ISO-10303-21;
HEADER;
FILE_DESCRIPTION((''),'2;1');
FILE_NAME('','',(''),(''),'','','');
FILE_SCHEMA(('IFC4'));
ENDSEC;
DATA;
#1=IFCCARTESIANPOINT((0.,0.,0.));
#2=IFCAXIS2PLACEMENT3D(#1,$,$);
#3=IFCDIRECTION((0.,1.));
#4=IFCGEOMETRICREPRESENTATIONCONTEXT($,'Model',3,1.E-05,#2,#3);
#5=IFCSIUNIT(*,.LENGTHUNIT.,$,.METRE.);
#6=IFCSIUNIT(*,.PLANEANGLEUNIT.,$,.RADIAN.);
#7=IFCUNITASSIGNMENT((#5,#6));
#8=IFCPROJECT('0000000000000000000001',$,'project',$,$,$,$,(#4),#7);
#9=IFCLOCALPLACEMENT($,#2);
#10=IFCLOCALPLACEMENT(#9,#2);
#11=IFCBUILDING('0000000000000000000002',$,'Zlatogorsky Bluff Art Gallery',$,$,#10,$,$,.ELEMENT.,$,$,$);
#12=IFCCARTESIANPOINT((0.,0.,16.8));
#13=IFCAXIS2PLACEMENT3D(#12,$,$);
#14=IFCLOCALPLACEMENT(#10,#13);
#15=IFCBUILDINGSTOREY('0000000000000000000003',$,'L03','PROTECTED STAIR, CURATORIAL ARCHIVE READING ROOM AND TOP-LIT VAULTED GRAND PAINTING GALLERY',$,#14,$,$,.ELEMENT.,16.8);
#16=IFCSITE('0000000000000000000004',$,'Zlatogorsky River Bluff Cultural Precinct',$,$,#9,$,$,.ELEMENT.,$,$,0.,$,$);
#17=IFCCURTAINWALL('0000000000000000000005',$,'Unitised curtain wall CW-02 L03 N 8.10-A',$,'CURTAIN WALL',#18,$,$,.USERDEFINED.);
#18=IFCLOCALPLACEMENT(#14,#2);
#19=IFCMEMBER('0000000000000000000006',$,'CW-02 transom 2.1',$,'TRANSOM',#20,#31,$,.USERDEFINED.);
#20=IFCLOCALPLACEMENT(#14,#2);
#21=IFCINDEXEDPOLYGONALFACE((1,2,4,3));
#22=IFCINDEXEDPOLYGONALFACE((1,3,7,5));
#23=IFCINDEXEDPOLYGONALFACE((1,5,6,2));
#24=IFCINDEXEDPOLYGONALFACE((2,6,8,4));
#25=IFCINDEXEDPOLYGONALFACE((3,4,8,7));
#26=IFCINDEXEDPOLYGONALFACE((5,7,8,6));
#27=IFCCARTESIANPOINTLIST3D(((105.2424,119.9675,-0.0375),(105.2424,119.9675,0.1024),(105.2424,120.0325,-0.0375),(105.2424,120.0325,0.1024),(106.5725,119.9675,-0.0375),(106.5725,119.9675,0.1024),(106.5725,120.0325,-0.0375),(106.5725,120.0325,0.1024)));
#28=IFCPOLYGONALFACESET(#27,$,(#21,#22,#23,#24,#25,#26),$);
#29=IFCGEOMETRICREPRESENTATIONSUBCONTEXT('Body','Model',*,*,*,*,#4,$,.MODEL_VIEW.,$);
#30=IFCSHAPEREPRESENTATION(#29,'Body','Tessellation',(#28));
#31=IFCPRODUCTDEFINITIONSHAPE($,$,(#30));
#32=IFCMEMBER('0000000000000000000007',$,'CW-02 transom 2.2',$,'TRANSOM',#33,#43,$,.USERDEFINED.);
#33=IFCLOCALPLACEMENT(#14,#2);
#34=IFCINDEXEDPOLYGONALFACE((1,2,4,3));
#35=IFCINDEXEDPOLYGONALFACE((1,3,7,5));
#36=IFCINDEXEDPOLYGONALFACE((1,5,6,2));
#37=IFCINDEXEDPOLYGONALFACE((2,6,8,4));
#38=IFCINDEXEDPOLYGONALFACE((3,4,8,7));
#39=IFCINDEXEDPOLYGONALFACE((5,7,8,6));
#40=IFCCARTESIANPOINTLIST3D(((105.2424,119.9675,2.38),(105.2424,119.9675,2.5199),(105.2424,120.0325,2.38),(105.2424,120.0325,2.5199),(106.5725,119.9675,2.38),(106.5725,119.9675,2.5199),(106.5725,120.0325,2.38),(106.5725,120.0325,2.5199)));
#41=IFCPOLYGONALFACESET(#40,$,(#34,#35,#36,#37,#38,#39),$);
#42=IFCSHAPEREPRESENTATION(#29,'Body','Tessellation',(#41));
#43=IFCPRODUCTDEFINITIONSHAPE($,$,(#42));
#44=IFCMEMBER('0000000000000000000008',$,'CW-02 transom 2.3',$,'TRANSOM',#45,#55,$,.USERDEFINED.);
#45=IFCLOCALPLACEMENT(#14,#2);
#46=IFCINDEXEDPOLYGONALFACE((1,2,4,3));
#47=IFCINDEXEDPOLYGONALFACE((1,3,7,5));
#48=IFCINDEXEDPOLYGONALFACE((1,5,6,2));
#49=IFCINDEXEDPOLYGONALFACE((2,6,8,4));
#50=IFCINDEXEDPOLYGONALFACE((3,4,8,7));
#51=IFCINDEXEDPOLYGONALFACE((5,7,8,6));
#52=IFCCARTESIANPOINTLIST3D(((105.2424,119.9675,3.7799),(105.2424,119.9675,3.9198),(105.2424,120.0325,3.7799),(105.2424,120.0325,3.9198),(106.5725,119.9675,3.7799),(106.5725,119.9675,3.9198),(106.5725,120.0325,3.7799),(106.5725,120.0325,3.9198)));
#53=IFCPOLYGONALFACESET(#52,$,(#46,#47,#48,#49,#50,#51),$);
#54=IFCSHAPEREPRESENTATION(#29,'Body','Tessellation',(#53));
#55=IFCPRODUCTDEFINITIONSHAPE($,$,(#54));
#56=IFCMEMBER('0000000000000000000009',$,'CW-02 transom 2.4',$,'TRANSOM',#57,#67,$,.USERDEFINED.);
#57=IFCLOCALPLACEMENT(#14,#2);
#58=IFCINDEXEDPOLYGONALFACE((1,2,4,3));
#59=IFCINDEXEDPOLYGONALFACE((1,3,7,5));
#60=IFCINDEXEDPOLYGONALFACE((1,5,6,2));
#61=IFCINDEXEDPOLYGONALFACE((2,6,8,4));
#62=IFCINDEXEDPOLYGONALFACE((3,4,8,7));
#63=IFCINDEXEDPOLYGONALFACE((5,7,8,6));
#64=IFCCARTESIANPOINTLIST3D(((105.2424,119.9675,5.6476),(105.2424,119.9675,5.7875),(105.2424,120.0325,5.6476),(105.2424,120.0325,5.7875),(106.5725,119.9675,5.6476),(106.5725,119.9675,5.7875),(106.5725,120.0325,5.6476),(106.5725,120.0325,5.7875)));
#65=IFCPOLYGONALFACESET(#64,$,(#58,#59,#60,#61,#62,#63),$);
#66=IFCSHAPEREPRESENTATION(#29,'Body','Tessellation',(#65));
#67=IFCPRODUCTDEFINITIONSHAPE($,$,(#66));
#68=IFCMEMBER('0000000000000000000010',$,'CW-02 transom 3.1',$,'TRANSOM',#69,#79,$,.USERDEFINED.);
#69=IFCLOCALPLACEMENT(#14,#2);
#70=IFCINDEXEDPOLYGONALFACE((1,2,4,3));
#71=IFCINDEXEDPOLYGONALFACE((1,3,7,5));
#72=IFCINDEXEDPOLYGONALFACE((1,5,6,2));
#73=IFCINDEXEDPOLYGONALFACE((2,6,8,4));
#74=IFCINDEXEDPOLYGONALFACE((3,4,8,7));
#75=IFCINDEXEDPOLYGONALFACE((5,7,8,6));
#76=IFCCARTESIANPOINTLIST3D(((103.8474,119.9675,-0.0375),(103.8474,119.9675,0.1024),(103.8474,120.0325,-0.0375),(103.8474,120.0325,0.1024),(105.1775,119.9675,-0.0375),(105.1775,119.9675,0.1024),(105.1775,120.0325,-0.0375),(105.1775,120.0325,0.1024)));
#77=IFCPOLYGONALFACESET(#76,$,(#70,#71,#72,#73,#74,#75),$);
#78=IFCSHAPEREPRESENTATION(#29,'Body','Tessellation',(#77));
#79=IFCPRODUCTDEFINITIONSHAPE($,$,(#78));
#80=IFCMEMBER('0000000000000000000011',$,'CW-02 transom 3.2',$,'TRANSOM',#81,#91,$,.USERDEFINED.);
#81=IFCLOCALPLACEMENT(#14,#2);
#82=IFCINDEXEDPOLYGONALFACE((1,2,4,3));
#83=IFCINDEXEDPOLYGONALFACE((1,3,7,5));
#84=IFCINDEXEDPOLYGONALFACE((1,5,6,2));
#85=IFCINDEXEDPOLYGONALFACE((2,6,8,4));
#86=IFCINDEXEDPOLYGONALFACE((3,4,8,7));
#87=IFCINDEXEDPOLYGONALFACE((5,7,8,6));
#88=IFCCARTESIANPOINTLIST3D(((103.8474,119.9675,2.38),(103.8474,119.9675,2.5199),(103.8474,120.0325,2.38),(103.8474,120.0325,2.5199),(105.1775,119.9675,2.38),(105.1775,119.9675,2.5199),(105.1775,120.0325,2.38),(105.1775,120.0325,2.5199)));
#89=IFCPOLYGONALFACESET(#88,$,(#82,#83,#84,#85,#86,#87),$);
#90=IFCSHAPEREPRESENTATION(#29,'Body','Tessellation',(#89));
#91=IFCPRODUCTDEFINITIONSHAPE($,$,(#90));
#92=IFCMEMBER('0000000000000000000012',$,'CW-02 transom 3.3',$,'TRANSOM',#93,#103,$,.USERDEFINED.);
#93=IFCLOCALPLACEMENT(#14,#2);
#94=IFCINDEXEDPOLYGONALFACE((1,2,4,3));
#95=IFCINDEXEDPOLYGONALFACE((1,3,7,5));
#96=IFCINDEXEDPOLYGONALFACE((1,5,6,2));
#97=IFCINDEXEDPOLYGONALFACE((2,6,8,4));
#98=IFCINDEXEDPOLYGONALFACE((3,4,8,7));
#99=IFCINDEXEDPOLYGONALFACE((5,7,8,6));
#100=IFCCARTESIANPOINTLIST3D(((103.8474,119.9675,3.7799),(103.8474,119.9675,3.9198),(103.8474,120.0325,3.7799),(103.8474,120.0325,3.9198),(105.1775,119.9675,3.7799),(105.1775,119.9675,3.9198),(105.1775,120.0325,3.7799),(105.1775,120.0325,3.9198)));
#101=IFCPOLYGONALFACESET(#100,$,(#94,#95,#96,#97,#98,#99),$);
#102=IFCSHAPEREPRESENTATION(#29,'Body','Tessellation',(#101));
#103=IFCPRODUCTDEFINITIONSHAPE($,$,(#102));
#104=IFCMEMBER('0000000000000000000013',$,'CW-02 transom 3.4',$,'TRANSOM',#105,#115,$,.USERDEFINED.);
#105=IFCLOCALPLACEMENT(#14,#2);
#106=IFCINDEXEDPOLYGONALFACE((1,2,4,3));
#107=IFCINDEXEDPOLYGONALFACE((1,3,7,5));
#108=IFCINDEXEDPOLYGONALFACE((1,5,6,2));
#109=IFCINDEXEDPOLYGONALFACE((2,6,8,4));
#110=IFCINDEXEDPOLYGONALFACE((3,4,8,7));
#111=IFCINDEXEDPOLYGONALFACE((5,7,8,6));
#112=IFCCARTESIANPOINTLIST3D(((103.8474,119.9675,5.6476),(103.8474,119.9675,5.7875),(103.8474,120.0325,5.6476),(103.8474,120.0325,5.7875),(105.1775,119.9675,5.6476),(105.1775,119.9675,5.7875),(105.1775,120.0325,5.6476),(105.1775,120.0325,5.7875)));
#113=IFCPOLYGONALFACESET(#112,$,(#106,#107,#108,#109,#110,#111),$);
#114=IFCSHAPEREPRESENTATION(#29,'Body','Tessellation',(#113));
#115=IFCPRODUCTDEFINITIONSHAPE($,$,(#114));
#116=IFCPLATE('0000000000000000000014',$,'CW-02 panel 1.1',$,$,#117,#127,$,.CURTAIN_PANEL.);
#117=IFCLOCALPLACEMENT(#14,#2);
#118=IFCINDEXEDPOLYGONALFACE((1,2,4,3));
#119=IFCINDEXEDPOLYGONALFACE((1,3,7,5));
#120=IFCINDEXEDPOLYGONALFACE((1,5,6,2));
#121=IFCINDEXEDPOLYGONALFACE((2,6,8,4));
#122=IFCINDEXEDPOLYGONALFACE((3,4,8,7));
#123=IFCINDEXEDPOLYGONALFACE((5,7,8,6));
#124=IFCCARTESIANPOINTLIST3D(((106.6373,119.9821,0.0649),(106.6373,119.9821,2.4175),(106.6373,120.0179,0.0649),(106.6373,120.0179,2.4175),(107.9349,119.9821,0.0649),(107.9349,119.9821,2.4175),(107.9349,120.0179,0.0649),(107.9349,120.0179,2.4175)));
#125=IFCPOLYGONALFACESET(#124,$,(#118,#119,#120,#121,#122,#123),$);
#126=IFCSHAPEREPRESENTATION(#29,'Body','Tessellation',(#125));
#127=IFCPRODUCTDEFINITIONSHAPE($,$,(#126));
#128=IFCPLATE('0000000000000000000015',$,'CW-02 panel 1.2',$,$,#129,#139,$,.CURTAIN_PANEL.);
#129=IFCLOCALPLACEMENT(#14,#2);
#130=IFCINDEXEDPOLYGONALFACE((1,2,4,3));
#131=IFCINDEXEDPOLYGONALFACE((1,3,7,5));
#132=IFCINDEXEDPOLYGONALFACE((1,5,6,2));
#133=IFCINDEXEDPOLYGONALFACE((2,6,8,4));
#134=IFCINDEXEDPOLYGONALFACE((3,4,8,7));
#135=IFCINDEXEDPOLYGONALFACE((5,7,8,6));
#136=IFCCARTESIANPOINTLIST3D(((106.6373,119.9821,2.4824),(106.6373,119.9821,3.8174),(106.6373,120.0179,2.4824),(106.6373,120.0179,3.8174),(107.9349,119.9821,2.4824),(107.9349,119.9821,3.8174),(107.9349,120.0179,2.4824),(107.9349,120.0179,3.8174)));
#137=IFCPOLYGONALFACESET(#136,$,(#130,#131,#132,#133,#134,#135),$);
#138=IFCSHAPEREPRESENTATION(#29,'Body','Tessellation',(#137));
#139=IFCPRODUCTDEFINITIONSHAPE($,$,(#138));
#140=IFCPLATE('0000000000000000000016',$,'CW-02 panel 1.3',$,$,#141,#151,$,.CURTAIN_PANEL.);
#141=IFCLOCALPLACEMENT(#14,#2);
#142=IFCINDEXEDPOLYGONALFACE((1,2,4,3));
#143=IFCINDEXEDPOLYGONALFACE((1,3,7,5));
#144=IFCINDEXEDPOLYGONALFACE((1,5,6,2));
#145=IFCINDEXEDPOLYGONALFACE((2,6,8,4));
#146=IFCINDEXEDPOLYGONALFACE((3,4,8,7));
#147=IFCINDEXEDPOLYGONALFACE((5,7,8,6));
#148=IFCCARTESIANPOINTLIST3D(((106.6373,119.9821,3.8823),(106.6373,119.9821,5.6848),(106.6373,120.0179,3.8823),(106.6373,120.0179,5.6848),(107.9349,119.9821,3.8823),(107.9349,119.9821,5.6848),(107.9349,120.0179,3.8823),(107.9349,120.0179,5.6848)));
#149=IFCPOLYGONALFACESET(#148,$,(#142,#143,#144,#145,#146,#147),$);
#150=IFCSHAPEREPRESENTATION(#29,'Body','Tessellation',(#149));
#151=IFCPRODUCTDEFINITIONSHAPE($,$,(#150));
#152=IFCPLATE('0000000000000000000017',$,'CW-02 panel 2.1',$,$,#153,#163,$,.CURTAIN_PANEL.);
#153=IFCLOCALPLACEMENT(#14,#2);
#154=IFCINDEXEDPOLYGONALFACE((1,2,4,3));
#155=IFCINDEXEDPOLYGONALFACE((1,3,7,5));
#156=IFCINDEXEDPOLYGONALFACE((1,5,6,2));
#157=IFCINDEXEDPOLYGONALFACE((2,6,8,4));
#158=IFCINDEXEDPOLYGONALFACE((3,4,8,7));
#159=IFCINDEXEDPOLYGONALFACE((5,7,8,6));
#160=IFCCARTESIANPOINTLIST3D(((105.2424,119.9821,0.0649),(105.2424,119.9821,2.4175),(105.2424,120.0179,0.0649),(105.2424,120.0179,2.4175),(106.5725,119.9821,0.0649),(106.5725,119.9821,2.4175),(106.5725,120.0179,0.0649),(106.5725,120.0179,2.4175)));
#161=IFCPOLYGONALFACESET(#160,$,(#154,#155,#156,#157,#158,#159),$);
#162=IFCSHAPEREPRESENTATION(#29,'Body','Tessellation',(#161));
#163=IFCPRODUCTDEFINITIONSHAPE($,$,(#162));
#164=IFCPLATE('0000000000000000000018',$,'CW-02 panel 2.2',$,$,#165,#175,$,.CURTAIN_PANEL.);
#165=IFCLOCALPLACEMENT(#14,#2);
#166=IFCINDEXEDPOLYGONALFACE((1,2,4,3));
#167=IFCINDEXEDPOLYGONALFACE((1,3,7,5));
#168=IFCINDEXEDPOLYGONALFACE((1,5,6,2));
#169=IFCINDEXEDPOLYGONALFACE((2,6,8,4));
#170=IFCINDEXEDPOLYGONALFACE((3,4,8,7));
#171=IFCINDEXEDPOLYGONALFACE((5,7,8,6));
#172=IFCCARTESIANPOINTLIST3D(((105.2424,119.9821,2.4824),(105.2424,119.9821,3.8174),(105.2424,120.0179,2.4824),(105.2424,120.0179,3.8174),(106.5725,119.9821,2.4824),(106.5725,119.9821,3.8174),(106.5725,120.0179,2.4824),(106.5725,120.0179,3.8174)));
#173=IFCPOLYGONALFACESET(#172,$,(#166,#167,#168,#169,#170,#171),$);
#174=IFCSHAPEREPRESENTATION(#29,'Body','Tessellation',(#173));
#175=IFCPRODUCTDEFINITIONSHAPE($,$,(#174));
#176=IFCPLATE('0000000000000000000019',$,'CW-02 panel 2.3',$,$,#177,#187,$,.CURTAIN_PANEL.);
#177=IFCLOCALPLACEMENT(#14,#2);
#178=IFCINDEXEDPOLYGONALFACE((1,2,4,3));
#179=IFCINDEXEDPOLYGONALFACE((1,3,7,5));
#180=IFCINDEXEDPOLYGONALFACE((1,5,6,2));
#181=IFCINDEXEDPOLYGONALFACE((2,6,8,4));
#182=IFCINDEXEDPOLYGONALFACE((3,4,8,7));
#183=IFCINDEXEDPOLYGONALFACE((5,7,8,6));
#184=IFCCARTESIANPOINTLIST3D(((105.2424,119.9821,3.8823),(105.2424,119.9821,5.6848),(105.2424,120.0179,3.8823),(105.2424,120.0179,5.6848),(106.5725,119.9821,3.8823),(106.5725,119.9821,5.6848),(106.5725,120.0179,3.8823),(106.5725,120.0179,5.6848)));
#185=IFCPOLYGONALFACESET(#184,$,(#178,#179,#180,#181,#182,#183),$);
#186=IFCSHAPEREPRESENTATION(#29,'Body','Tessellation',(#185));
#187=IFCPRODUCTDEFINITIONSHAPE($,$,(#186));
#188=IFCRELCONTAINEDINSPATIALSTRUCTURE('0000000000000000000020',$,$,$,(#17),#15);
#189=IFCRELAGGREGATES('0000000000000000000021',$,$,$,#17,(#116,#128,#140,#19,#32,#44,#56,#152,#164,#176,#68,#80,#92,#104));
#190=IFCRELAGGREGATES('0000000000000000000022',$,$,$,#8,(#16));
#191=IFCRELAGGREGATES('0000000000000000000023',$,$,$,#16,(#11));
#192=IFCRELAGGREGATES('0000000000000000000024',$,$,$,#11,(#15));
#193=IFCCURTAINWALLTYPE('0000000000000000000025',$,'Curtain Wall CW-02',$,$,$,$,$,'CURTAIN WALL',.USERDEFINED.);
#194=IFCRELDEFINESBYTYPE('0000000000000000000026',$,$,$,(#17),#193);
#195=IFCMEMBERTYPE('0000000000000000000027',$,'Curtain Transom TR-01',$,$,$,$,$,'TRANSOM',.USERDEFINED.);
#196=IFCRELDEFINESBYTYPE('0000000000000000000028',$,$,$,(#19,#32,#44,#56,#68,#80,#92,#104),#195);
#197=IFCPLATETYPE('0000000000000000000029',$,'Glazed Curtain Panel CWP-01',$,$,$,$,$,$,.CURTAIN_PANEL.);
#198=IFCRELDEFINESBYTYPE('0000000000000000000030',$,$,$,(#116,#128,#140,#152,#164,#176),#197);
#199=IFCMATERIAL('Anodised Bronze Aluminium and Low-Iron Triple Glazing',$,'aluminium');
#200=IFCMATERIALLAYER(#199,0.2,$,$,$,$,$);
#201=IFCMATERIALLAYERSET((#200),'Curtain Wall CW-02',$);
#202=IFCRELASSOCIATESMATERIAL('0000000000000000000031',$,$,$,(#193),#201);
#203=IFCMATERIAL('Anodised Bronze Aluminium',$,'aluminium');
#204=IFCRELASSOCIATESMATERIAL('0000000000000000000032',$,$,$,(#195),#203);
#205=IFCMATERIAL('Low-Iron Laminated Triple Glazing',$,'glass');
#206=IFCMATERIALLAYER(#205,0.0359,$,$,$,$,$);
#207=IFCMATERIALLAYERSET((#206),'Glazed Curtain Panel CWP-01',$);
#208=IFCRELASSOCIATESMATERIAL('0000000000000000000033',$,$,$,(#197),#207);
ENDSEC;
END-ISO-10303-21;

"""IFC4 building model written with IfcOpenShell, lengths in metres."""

from ifc_helpers import new_model, si_unit, direction, frame, origin, origin_2d, place, context, subcontext, project, spatial, rectangle, extrude, material, layer, layer_set, material_profile, profile_set, type_object, element, aggregate, save


model = new_model("IFC4")

# Units and contexts
model_context = context("Model", 3, precision=1e-05, world=origin(), true_north=direction((0.0, 1.0)))
body_context = subcontext(model_context, "Body", "Model", "MODEL_VIEW")
ifc_project = project(units=[si_unit("LENGTHUNIT", "METRE"), si_unit("PLANEANGLEUNIT", "RADIAN")], contexts=[model_context])

# Site, building, storey
site_placement = place(None, origin())
site = spatial("IfcSite", under=ifc_project, at=site_placement, Name="Zlatogorsky River Bluff Cultural Precinct", CompositionType="ELEMENT", RefElevation=0.0)
building_placement = place(site_placement, origin())
building = spatial("IfcBuilding", under=site, at=building_placement, Name="Zlatogorsky Bluff Art Gallery", CompositionType="ELEMENT")
storey_placement = place(building_placement, frame((0.0, 0.0, 16.8)))
storey = spatial("IfcBuildingStorey", under=building, at=storey_placement, Name="L03", Description="PROTECTED STAIR, CURATORIAL ARCHIVE READING ROOM AND TOP-LIT VAULTED GRAND PAINTING GALLERY", CompositionType="ELEMENT", Elevation=16.8)

# Curtain wall, members, plates
ifc_material_1 = material(Name="Anodised Bronze Aluminium and Low-Iron Triple Glazing", Category="aluminium")
ifc_layer_1 = layer(ifc_material_1, 0.2)
ifc_layer_set_1 = layer_set([ifc_layer_1], Name="Curtain Wall CW-02")
curtain_wall_type = type_object("IfcCurtainWallType", Name="Curtain Wall CW-02", ElementType="CURTAIN WALL", PredefinedType="USERDEFINED", material=ifc_layer_set_1)
curtain_wall_placement = place(storey_placement, origin())
curtain_wall = element("IfcCurtainWall", 1, at=curtain_wall_placement, inside=storey, type_object=curtain_wall_type, Name="Unitised curtain wall CW-02 L03 N 8.10-A", ObjectType="CURTAIN WALL", PredefinedType="USERDEFINED")
ifc_material_2 = material(Name="Anodised Bronze Aluminium", Category="aluminium")
ifc_material_profile_1 = material_profile(ifc_material_2, rectangle(XDim=0.0649, YDim=0.1399, at=origin_2d()), Name="ALU TRANSOM 65x140")
ifc_profile_set_1 = profile_set([ifc_material_profile_1], Name="Anodised Bronze Aluminium")
member_type_1 = type_object("IfcMemberType", Name="Curtain Transom TR-01", ElementType="TRANSOM", PredefinedType="USERDEFINED", material=ifc_profile_set_1)
member_1_placement = place(storey_placement, frame((106.5725, 120.0, 0.0325), z_axis=(-1.0, 0.0, 0.0), x_axis=(0.0, -1.0, 0.0)))
member_1 = element("IfcMember", 2, at=member_1_placement, type_object=member_type_1, Name="CW-02 transom 2.1", ObjectType="TRANSOM", PredefinedType="USERDEFINED", context=body_context, shape_type="SweptSolid", body=[
    extrude(rectangle(XDim=0.0649, YDim=0.1399, at=origin_2d()), origin(), (0.0, 0.0, 1.0), 1.3301),
])
member_2_placement = place(storey_placement, frame((106.5725, 120.0, 2.45), z_axis=(-1.0, 0.0, 0.0), x_axis=(0.0, -1.0, 0.0)))
member_2 = element("IfcMember", 3, at=member_2_placement, type_object=member_type_1, Name="CW-02 transom 2.2", ObjectType="TRANSOM", PredefinedType="USERDEFINED", context=body_context, shape_type="SweptSolid", body=[
    extrude(rectangle(XDim=0.0649, YDim=0.1399, at=origin_2d()), origin(), (0.0, 0.0, 1.0), 1.3301),
])
member_3_placement = place(storey_placement, frame((106.5725, 120.0, 3.8499), z_axis=(-1.0, 0.0, 0.0), x_axis=(0.0, -1.0, 0.0)))
member_3 = element("IfcMember", 4, at=member_3_placement, type_object=member_type_1, Name="CW-02 transom 2.3", ObjectType="TRANSOM", PredefinedType="USERDEFINED", context=body_context, shape_type="SweptSolid", body=[
    extrude(rectangle(XDim=0.0649, YDim=0.1399, at=origin_2d()), origin(), (0.0, 0.0, 1.0), 1.3301),
])
member_4_placement = place(storey_placement, frame((106.5725, 120.0, 5.7175), z_axis=(-1.0, 0.0, 0.0), x_axis=(0.0, -1.0, 0.0)))
member_4 = element("IfcMember", 5, at=member_4_placement, type_object=member_type_1, Name="CW-02 transom 2.4", ObjectType="TRANSOM", PredefinedType="USERDEFINED", context=body_context, shape_type="SweptSolid", body=[
    extrude(rectangle(XDim=0.0649, YDim=0.1399, at=origin_2d()), origin(), (0.0, 0.0, 1.0), 1.3301),
])
member_5_placement = place(storey_placement, frame((105.1775, 120.0, 0.0325), z_axis=(-1.0, 0.0, 0.0), x_axis=(0.0, -1.0, 0.0)))
member_5 = element("IfcMember", 6, at=member_5_placement, type_object=member_type_1, Name="CW-02 transom 3.1", ObjectType="TRANSOM", PredefinedType="USERDEFINED", context=body_context, shape_type="SweptSolid", body=[
    extrude(rectangle(XDim=0.0649, YDim=0.1399, at=origin_2d()), origin(), (0.0, 0.0, 1.0), 1.3301),
])
member_6_placement = place(storey_placement, frame((105.1775, 120.0, 2.45), z_axis=(-1.0, 0.0, 0.0), x_axis=(0.0, -1.0, 0.0)))
member_6 = element("IfcMember", 7, at=member_6_placement, type_object=member_type_1, Name="CW-02 transom 3.2", ObjectType="TRANSOM", PredefinedType="USERDEFINED", context=body_context, shape_type="SweptSolid", body=[
    extrude(rectangle(XDim=0.0649, YDim=0.1399, at=origin_2d()), origin(), (0.0, 0.0, 1.0), 1.3301),
])
member_7_placement = place(storey_placement, frame((105.1775, 120.0, 3.8499), z_axis=(-1.0, 0.0, 0.0), x_axis=(0.0, -1.0, 0.0)))
member_7 = element("IfcMember", 8, at=member_7_placement, type_object=member_type_1, Name="CW-02 transom 3.3", ObjectType="TRANSOM", PredefinedType="USERDEFINED", context=body_context, shape_type="SweptSolid", body=[
    extrude(rectangle(XDim=0.0649, YDim=0.1399, at=origin_2d()), origin(), (0.0, 0.0, 1.0), 1.3301),
])
member_8_placement = place(storey_placement, frame((105.1775, 120.0, 5.7175), z_axis=(-1.0, 0.0, 0.0), x_axis=(0.0, -1.0, 0.0)))
member_8 = element("IfcMember", 9, at=member_8_placement, type_object=member_type_1, Name="CW-02 transom 3.4", ObjectType="TRANSOM", PredefinedType="USERDEFINED", context=body_context, shape_type="SweptSolid", body=[
    extrude(rectangle(XDim=0.0649, YDim=0.1399, at=origin_2d()), origin(), (0.0, 0.0, 1.0), 1.3301),
])
ifc_material_3 = material(Name="Low-Iron Laminated Triple Glazing", Category="glass")
ifc_layer_2 = layer(ifc_material_3, 0.0359)
ifc_layer_set_2 = layer_set([ifc_layer_2], Name="Glazed Curtain Panel CWP-01")
plate_type = type_object("IfcPlateType", Name="Glazed Curtain Panel CWP-01", PredefinedType="CURTAIN_PANEL", material=ifc_layer_set_2)
plate_1_placement = place(storey_placement, frame((107.2861, 120.0, 0.0649), z_axis=(0.0, 0.0, 1.0), x_axis=(-1.0, 0.0, 0.0)))
plate_1 = element("IfcPlate", 10, at=plate_1_placement, type_object=plate_type, Name="CW-02 panel 1.1", PredefinedType="CURTAIN_PANEL", context=body_context, shape_type="SweptSolid", body=[
    extrude(rectangle(XDim=1.2976, YDim=0.0359, at=origin_2d()), origin(), (0.0, 0.0, 1.0), 2.3525),
])
plate_2_placement = place(storey_placement, frame((107.2861, 120.0, 2.4824), z_axis=(0.0, 0.0, 1.0), x_axis=(-1.0, 0.0, 0.0)))
plate_2 = element("IfcPlate", 11, at=plate_2_placement, type_object=plate_type, Name="CW-02 panel 1.2", PredefinedType="CURTAIN_PANEL", context=body_context, shape_type="SweptSolid", body=[
    extrude(rectangle(XDim=1.2976, YDim=0.0359, at=origin_2d()), origin(), (0.0, 0.0, 1.0), 1.335),
])
plate_3_placement = place(storey_placement, frame((107.2861, 120.0, 3.8823), z_axis=(0.0, 0.0, 1.0), x_axis=(-1.0, 0.0, 0.0)))
plate_3 = element("IfcPlate", 12, at=plate_3_placement, type_object=plate_type, Name="CW-02 panel 1.3", PredefinedType="CURTAIN_PANEL", context=body_context, shape_type="SweptSolid", body=[
    extrude(rectangle(XDim=1.2976, YDim=0.0359, at=origin_2d()), origin(), (0.0, 0.0, 1.0), 1.8025),
])
plate_4_placement = place(storey_placement, frame((105.9075, 120.0, 0.0649), z_axis=(0.0, 0.0, 1.0), x_axis=(-1.0, 0.0, 0.0)))
plate_4 = element("IfcPlate", 13, at=plate_4_placement, type_object=plate_type, Name="CW-02 panel 2.1", PredefinedType="CURTAIN_PANEL", context=body_context, shape_type="SweptSolid", body=[
    extrude(rectangle(XDim=1.3301, YDim=0.0359, at=origin_2d()), origin(), (0.0, 0.0, 1.0), 2.3525),
])
plate_5_placement = place(storey_placement, frame((105.9075, 120.0, 2.4824), z_axis=(0.0, 0.0, 1.0), x_axis=(-1.0, 0.0, 0.0)))
plate_5 = element("IfcPlate", 14, at=plate_5_placement, type_object=plate_type, Name="CW-02 panel 2.2", PredefinedType="CURTAIN_PANEL", context=body_context, shape_type="SweptSolid", body=[
    extrude(rectangle(XDim=1.3301, YDim=0.0359, at=origin_2d()), origin(), (0.0, 0.0, 1.0), 1.335),
])
plate_6_placement = place(storey_placement, frame((105.9075, 120.0, 3.8823), z_axis=(0.0, 0.0, 1.0), x_axis=(-1.0, 0.0, 0.0)))
plate_6 = element("IfcPlate", 15, at=plate_6_placement, type_object=plate_type, Name="CW-02 panel 2.3", PredefinedType="CURTAIN_PANEL", context=body_context, shape_type="SweptSolid", body=[
    extrude(rectangle(XDim=1.3301, YDim=0.0359, at=origin_2d()), origin(), (0.0, 0.0, 1.0), 1.8025),
])
aggregate(curtain_wall, [plate_1, plate_2, plate_3, member_1, member_2, member_3, member_4, plate_4, plate_5, plate_6, member_5, member_6, member_7, member_8])

save(model, "model.ifc")
